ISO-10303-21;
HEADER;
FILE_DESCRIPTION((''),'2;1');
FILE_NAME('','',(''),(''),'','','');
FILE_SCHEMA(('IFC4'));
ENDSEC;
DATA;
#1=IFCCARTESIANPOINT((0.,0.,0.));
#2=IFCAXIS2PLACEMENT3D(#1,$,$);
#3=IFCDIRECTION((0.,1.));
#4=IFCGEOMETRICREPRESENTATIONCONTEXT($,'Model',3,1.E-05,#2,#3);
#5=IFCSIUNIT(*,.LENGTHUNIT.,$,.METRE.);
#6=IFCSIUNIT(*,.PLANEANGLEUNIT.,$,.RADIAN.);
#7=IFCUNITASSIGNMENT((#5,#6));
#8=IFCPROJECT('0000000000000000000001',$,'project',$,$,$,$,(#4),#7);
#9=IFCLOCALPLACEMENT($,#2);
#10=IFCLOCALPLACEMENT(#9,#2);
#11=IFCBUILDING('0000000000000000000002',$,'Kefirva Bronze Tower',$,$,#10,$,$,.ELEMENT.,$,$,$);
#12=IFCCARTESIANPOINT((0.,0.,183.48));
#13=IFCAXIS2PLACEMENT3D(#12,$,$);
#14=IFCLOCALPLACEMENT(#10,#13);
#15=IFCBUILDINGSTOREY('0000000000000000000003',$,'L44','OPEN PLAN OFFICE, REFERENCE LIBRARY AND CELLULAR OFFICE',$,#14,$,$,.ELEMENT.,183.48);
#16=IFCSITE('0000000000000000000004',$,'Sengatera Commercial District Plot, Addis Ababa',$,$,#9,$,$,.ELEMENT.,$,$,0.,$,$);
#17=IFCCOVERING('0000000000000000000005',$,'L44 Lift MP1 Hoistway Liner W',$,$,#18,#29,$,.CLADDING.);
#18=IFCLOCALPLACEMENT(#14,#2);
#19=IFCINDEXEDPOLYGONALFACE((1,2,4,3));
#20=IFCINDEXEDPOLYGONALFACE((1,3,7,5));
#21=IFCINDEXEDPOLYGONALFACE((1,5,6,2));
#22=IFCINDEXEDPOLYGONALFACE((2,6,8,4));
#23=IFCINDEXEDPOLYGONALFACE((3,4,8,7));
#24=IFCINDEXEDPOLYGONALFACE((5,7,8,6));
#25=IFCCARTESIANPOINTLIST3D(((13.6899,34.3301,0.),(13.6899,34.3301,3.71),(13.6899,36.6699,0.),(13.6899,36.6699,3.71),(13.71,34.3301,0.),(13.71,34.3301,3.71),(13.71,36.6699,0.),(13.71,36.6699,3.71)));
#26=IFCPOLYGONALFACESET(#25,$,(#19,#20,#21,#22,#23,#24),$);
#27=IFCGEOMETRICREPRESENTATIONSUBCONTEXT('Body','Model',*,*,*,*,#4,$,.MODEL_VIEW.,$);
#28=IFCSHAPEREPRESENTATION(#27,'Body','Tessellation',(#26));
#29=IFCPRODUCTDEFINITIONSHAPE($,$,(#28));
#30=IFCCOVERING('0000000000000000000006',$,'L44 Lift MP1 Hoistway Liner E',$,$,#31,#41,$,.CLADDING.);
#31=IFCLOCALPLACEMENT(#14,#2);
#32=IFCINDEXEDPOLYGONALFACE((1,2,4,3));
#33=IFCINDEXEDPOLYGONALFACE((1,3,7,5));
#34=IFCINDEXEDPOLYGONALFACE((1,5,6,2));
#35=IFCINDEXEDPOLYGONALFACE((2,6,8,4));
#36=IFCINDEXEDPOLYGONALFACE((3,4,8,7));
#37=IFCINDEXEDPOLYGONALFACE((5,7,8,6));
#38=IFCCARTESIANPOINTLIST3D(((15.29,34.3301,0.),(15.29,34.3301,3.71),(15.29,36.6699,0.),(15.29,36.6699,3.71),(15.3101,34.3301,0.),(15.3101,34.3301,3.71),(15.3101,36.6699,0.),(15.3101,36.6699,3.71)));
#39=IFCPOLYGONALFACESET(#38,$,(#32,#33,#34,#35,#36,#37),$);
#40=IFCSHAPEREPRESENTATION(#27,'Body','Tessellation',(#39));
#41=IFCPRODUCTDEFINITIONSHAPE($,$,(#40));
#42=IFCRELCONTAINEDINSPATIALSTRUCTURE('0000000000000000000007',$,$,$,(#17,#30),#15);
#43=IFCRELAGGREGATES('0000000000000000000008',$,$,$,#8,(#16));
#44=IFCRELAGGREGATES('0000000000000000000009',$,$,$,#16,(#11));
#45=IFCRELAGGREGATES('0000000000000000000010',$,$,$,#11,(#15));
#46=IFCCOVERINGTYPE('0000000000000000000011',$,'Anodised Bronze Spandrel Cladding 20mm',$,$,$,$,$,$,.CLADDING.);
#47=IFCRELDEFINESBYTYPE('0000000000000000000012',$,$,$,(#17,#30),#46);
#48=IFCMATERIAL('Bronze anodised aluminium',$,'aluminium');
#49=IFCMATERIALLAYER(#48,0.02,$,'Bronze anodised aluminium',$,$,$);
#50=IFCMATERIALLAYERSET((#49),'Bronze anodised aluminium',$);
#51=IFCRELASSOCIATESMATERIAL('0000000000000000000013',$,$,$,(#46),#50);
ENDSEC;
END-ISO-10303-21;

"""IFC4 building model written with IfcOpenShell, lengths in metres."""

from ifc_helpers import new_model, si_unit, direction, frame, origin, place, context, subcontext, project, spatial, polyline, outline, extrude, material, layer, layer_set, type_object, element, save


model = new_model("IFC4")

# Units and contexts
model_context = context("Model", 3, precision=1e-05, world=origin(), true_north=direction((0.0, 1.0)))
body_context = subcontext(model_context, "Body", "Model", "MODEL_VIEW")
ifc_project = project(units=[si_unit("LENGTHUNIT", "METRE"), si_unit("PLANEANGLEUNIT", "RADIAN")], contexts=[model_context])

# Site, building, storey
site_placement = place(None, origin())
site = spatial("IfcSite", under=ifc_project, at=site_placement, Name="Sengatera Commercial District Plot, Addis Ababa", CompositionType="ELEMENT", RefElevation=0.0)
building_placement = place(site_placement, origin())
building = spatial("IfcBuilding", under=site, at=building_placement, Name="Kefirva Bronze Tower", CompositionType="ELEMENT")
storey_placement = place(building_placement, frame((0.0, 0.0, 183.48)))
storey = spatial("IfcBuildingStorey", under=building, at=storey_placement, Name="L44", Description="OPEN PLAN OFFICE, REFERENCE LIBRARY AND CELLULAR OFFICE", CompositionType="ELEMENT", Elevation=183.48)

# Coverings
ifc_material_1 = material(Name="Bronze anodised aluminium", Category="aluminium")
ifc_layer_1 = layer(ifc_material_1, 0.02, Name="Bronze anodised aluminium")
ifc_layer_set_1 = layer_set([ifc_layer_1], Name="Bronze anodised aluminium")
covering_type = type_object("IfcCoveringType", Name="Anodised Bronze Spandrel Cladding 20mm", PredefinedType="CLADDING", material=ifc_layer_set_1)
covering_1_placement = place(storey_placement, origin())
element("IfcCovering", 1, at=covering_1_placement, inside=storey, type_object=covering_type, Name="L44 Lift MP1 Hoistway Liner W", PredefinedType="CLADDING", context=body_context, shape_type="SweptSolid", body=[
    extrude(outline(polyline([(13.6899, 34.3301), (13.71, 34.3301), (13.71, 36.6699), (13.6899, 36.6699), (13.6899, 34.3301)])), origin(), (0.0, 0.0, 1.0), 3.71),
])
covering_2_placement = place(storey_placement, origin())
element("IfcCovering", 2, at=covering_2_placement, inside=storey, type_object=covering_type, Name="L44 Lift MP1 Hoistway Liner E", PredefinedType="CLADDING", context=body_context, shape_type="SweptSolid", body=[
    extrude(outline(polyline([(15.29, 34.3301), (15.3101, 34.3301), (15.3101, 36.6699), (15.29, 36.6699), (15.29, 34.3301)])), origin(), (0.0, 0.0, 1.0), 3.71),
])

save(model, "model.ifc")
